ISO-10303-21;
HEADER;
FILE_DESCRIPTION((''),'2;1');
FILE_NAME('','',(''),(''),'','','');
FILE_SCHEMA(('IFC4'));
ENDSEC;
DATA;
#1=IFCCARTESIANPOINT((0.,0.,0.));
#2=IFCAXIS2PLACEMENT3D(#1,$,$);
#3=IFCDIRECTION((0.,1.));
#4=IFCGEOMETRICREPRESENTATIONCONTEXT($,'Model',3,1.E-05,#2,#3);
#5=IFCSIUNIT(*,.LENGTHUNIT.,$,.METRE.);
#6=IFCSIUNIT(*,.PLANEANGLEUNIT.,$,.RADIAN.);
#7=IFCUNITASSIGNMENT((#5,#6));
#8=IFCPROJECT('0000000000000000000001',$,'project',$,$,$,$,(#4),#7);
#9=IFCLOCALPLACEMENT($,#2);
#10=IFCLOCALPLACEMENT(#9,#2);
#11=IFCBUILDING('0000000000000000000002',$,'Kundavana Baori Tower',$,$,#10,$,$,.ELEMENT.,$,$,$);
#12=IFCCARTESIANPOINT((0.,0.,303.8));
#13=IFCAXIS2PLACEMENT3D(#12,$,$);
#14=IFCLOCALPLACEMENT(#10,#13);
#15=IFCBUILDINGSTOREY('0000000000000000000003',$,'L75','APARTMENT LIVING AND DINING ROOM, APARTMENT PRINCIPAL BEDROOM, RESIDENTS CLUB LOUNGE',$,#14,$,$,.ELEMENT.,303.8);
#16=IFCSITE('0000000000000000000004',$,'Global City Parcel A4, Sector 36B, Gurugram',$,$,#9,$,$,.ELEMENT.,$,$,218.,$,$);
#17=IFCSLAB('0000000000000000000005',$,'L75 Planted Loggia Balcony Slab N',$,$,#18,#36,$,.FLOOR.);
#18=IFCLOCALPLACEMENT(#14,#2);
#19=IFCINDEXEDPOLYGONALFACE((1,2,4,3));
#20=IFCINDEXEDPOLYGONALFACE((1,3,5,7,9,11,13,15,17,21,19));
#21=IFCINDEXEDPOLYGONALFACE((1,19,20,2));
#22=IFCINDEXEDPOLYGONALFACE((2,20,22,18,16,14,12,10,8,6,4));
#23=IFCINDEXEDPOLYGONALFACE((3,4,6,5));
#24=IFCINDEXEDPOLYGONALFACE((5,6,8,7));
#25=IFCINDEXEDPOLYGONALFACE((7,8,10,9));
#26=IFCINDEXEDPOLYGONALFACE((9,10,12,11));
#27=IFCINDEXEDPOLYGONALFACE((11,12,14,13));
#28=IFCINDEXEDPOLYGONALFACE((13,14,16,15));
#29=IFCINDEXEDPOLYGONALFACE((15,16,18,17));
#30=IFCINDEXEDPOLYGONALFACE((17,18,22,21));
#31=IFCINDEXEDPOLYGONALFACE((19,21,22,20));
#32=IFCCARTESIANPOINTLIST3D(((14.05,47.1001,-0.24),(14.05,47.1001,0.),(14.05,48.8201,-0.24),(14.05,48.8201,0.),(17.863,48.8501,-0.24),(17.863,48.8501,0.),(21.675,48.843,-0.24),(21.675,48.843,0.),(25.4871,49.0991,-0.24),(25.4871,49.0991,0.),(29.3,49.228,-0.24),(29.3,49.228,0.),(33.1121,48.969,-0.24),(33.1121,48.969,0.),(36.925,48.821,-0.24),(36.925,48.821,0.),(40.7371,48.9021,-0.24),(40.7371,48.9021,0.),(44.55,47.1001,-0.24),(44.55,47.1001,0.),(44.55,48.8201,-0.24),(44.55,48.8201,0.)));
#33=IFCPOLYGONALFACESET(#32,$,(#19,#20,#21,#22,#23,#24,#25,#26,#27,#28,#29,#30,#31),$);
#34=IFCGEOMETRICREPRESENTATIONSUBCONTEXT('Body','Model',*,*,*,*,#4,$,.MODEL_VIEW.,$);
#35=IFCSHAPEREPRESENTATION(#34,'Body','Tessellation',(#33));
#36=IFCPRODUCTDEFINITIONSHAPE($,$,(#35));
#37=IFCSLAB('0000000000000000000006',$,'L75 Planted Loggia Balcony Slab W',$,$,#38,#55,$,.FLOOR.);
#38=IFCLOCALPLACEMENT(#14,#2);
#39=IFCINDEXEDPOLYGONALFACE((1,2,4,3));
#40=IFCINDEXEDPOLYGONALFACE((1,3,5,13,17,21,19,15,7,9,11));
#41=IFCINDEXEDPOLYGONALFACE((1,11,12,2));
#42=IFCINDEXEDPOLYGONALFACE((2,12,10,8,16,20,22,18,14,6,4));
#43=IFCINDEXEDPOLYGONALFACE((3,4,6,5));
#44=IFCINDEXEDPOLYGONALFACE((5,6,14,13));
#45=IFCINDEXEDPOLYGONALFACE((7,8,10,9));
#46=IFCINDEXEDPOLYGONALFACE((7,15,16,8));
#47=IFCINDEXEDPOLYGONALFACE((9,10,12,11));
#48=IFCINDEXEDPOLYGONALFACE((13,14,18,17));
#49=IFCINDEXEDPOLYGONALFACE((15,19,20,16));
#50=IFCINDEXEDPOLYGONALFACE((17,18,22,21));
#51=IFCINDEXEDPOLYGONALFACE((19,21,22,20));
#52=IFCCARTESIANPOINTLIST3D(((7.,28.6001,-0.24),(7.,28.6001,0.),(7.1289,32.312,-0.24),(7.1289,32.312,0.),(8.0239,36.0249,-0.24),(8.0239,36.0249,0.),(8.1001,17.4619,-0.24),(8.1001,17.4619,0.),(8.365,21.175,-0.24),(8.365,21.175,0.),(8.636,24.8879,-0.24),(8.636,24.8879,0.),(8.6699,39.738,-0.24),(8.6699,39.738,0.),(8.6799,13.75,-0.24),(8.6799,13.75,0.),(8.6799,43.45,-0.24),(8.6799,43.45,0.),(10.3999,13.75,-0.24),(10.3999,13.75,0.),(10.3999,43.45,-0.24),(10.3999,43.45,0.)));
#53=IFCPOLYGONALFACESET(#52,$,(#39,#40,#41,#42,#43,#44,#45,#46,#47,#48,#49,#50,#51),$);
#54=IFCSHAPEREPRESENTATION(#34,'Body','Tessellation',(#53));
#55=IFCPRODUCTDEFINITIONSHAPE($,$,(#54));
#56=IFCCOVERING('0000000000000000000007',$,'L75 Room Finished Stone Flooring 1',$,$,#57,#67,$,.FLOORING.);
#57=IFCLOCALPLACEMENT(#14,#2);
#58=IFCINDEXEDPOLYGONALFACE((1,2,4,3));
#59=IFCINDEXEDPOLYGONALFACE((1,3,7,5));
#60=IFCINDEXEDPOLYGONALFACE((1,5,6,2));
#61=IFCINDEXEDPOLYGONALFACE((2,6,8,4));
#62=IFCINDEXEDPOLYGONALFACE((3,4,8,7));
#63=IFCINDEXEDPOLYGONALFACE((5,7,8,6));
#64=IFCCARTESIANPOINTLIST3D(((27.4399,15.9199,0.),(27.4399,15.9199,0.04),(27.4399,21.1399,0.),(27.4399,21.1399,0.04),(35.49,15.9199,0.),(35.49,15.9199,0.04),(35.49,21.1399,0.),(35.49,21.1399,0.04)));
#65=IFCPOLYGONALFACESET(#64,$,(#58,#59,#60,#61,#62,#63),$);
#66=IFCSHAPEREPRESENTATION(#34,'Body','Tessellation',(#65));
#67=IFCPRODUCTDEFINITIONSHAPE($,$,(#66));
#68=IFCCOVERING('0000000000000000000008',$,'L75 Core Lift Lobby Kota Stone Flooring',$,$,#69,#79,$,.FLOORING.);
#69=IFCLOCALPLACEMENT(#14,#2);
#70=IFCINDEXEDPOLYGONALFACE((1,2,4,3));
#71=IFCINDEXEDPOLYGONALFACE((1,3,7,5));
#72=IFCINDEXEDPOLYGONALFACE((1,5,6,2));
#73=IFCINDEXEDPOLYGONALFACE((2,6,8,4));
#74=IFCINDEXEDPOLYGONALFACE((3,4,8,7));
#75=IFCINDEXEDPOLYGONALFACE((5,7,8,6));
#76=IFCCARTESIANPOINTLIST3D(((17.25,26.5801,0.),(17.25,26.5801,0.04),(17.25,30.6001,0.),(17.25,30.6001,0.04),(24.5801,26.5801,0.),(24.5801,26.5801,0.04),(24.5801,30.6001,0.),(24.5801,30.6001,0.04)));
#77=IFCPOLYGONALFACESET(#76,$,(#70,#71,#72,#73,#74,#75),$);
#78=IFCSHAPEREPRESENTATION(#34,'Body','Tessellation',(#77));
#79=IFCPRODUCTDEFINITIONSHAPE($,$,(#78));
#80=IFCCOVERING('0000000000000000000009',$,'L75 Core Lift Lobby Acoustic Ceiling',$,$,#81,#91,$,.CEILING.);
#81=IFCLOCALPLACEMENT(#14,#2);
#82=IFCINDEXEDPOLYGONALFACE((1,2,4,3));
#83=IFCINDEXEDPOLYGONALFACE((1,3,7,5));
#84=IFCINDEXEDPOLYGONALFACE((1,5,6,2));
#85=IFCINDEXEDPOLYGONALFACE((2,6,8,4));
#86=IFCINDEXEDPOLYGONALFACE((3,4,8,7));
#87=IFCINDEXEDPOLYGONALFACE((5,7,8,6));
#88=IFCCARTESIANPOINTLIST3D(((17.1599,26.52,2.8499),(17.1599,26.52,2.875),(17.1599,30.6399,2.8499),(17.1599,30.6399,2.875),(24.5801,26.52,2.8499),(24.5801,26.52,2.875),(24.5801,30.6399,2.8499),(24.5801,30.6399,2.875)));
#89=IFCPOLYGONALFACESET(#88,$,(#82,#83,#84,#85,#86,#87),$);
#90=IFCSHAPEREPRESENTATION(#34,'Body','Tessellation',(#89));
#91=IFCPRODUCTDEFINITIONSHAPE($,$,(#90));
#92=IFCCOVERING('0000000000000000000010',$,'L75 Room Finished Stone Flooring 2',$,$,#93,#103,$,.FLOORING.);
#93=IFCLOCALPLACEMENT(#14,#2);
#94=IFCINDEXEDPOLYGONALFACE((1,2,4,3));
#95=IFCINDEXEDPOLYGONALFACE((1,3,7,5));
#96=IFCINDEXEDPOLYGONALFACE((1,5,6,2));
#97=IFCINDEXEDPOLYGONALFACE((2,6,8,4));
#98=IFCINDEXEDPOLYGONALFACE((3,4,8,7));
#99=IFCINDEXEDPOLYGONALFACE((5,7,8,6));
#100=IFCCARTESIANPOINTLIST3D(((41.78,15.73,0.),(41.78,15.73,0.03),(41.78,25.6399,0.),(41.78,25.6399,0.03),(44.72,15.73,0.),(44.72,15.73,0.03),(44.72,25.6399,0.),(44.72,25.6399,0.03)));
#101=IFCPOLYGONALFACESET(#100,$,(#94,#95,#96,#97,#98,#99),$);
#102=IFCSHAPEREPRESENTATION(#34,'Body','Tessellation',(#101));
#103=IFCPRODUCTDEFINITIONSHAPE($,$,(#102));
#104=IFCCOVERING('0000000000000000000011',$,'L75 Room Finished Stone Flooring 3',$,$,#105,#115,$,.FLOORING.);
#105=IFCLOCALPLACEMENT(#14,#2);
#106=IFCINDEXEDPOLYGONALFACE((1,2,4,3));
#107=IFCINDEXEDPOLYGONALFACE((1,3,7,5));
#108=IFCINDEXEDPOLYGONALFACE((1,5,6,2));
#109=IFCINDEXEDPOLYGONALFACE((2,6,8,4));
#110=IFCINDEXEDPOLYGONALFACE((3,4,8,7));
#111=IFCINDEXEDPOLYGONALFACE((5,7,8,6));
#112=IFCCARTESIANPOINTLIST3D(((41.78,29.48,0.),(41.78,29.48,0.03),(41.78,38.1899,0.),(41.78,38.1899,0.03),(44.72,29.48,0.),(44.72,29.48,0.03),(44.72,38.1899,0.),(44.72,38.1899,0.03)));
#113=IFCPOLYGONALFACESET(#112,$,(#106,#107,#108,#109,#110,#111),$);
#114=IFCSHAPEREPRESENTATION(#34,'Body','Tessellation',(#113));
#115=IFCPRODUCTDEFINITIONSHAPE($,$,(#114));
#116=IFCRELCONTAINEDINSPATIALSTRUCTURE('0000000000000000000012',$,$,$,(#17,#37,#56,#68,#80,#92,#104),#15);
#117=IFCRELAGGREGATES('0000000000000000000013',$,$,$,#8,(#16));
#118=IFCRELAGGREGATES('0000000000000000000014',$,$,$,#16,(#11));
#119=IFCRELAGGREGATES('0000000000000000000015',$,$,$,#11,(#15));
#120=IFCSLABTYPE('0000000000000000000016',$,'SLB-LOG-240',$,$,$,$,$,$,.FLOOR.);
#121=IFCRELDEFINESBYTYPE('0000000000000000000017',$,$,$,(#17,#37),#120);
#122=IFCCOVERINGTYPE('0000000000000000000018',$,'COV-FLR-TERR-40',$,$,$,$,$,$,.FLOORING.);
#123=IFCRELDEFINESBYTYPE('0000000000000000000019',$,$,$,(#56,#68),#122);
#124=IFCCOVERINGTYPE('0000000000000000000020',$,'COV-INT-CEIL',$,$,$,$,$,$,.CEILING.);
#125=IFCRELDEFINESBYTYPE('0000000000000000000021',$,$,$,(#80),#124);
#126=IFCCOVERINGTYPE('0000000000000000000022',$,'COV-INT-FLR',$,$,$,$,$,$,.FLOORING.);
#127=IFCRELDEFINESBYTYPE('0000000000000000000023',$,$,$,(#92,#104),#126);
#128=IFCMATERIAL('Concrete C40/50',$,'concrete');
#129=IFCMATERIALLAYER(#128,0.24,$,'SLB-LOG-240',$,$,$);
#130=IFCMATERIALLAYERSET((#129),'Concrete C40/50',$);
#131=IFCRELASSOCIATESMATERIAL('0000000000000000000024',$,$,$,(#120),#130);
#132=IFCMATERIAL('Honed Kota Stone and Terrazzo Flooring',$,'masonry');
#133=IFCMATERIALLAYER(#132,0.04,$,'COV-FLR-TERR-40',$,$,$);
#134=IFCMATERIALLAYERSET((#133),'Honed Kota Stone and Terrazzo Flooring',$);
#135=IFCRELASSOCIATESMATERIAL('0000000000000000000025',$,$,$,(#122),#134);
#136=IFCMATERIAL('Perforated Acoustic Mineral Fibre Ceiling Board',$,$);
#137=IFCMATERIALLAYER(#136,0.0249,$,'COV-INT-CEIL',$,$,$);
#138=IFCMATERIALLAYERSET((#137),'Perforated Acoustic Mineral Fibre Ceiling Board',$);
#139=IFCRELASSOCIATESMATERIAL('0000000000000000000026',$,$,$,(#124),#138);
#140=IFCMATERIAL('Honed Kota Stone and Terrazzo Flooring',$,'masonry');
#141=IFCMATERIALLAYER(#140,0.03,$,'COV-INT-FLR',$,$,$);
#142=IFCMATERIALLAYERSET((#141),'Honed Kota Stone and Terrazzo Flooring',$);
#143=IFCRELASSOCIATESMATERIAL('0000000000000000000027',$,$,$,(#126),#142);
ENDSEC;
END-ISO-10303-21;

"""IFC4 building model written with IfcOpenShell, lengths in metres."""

from ifc_helpers import new_model, si_unit, direction, frame, origin, place, context, subcontext, project, spatial, polyline, outline, extrude, material, layer, layer_set, type_object, element, save


model = new_model("IFC4")

# Units and contexts
model_context = context("Model", 3, precision=1e-05, world=origin(), true_north=direction((0.0, 1.0)))
body_context = subcontext(model_context, "Body", "Model", "MODEL_VIEW")
ifc_project = project(units=[si_unit("LENGTHUNIT", "METRE"), si_unit("PLANEANGLEUNIT", "RADIAN")], contexts=[model_context])

# Site, building, storey
site_placement = place(None, origin())
site = spatial("IfcSite", under=ifc_project, at=site_placement, Name="Global City Parcel A4, Sector 36B, Gurugram", CompositionType="ELEMENT", RefElevation=218.0)
building_placement = place(site_placement, origin())
building = spatial("IfcBuilding", under=site, at=building_placement, Name="Kundavana Baori Tower", CompositionType="ELEMENT")
storey_placement = place(building_placement, frame((0.0, 0.0, 303.8)))
storey = spatial("IfcBuildingStorey", under=building, at=storey_placement, Name="L75", Description="APARTMENT LIVING AND DINING ROOM, APARTMENT PRINCIPAL BEDROOM, RESIDENTS CLUB LOUNGE", CompositionType="ELEMENT", Elevation=303.8)

# Slabs
ifc_material_1 = material(Name="Concrete C40/50", Category="concrete")
ifc_layer_1 = layer(ifc_material_1, 0.24, Name="SLB-LOG-240")
ifc_layer_set_1 = layer_set([ifc_layer_1], Name="Concrete C40/50")
slab_type_1 = type_object("IfcSlabType", Name="SLB-LOG-240", PredefinedType="FLOOR", material=ifc_layer_set_1)
slab_1_placement = place(storey_placement, frame((0.0, 0.0, -0.24)))
element("IfcSlab", 1, at=slab_1_placement, inside=storey, type_object=slab_type_1, Name="L75 Planted Loggia Balcony Slab N", PredefinedType="FLOOR", context=body_context, shape_type="SweptSolid", body=[
    extrude(outline(polyline([(44.55, 47.1001), (14.05, 47.1001), (14.05, 48.8201), (17.863, 48.8501), (21.675, 48.843), (25.4871, 49.0991), (29.3, 49.228), (33.1121, 48.969), (36.925, 48.821), (40.7371, 48.9021), (44.55, 48.8201), (44.55, 47.1001)])), origin(), (0.0, 0.0, 1.0), 0.24),
])
slab_2_placement = place(storey_placement, frame((0.0, 0.0, -0.24)))
element("IfcSlab", 2, at=slab_2_placement, inside=storey, type_object=slab_type_1, Name="L75 Planted Loggia Balcony Slab W", PredefinedType="FLOOR", context=body_context, shape_type="SweptSolid", body=[
    extrude(outline(polyline([(10.3999, 43.45), (10.3999, 13.75), (8.6799, 13.75), (8.1001, 17.4619), (8.365, 21.175), (8.636, 24.8879), (7.0, 28.6001), (7.1289, 32.312), (8.0239, 36.0249), (8.6699, 39.738), (8.6799, 43.45), (10.3999, 43.45)])), origin(), (0.0, 0.0, 1.0), 0.24),
])

# Coverings
ifc_material_2 = material(Name="Honed Kota Stone and Terrazzo Flooring", Category="masonry")
ifc_layer_2 = layer(ifc_material_2, 0.04, Name="COV-FLR-TERR-40")
ifc_layer_set_2 = layer_set([ifc_layer_2], Name="Honed Kota Stone and Terrazzo Flooring")
covering_type_1 = type_object("IfcCoveringType", Name="COV-FLR-TERR-40", PredefinedType="FLOORING", material=ifc_layer_set_2)
covering_1_placement = place(storey_placement, origin())
element("IfcCovering", 3, at=covering_1_placement, inside=storey, type_object=covering_type_1, Name="L75 Room Finished Stone Flooring 1", PredefinedType="FLOORING", context=body_context, shape_type="SweptSolid", body=[
    extrude(outline(polyline([(27.4399, 15.9199), (35.49, 15.9199), (35.49, 21.1399), (27.4399, 21.1399), (27.4399, 15.9199)])), origin(), (0.0, 0.0, 1.0), 0.04),
])
covering_2_placement = place(storey_placement, origin())
element("IfcCovering", 4, at=covering_2_placement, inside=storey, type_object=covering_type_1, Name="L75 Core Lift Lobby Kota Stone Flooring", PredefinedType="FLOORING", context=body_context, shape_type="SweptSolid", body=[
    extrude(outline(polyline([(17.25, 26.5801), (24.5801, 26.5801), (24.5801, 30.6001), (17.25, 30.6001), (17.25, 26.5801)])), origin(), (0.0, 0.0, 1.0), 0.04),
])
ifc_material_3 = material(Name="Perforated Acoustic Mineral Fibre Ceiling Board")
ifc_layer_3 = layer(ifc_material_3, 0.0249, Name="COV-INT-CEIL")
ifc_layer_set_3 = layer_set([ifc_layer_3], Name="Perforated Acoustic Mineral Fibre Ceiling Board")
covering_type_2 = type_object("IfcCoveringType", Name="COV-INT-CEIL", PredefinedType="CEILING", material=ifc_layer_set_3)
covering_3_placement = place(storey_placement, frame((0.0, 0.0, 2.8499)))
element("IfcCovering", 5, at=covering_3_placement, inside=storey, type_object=covering_type_2, Name="L75 Core Lift Lobby Acoustic Ceiling", PredefinedType="CEILING", context=body_context, shape_type="SweptSolid", body=[
    extrude(outline(polyline([(17.1599, 26.52), (24.5801, 26.52), (24.5801, 30.6399), (17.1599, 30.6399), (17.1599, 26.52)])), origin(), (0.0, 0.0, 1.0), 0.0251),
])
ifc_material_4 = material(Name="Honed Kota Stone and Terrazzo Flooring", Category="masonry")
ifc_layer_4 = layer(ifc_material_4, 0.03, Name="COV-INT-FLR")
ifc_layer_set_4 = layer_set([ifc_layer_4], Name="Honed Kota Stone and Terrazzo Flooring")
covering_type_3 = type_object("IfcCoveringType", Name="COV-INT-FLR", PredefinedType="FLOORING", material=ifc_layer_set_4)
covering_4_placement = place(storey_placement, origin())
element("IfcCovering", 6, at=covering_4_placement, inside=storey, type_object=covering_type_3, Name="L75 Room Finished Stone Flooring 2", PredefinedType="FLOORING", context=body_context, shape_type="SweptSolid", body=[
    extrude(outline(polyline([(41.78, 15.73), (44.72, 15.73), (44.72, 25.6399), (41.78, 25.6399), (41.78, 15.73)])), origin(), (0.0, 0.0, 1.0), 0.03),
])
covering_5_placement = place(storey_placement, origin())
element("IfcCovering", 7, at=covering_5_placement, inside=storey, type_object=covering_type_3, Name="L75 Room Finished Stone Flooring 3", PredefinedType="FLOORING", context=body_context, shape_type="SweptSolid", body=[
    extrude(outline(polyline([(41.78, 29.48), (44.72, 29.48), (44.72, 38.1899), (41.78, 38.1899), (41.78, 29.48)])), origin(), (0.0, 0.0, 1.0), 0.03),
])

save(model, "model.ifc")
